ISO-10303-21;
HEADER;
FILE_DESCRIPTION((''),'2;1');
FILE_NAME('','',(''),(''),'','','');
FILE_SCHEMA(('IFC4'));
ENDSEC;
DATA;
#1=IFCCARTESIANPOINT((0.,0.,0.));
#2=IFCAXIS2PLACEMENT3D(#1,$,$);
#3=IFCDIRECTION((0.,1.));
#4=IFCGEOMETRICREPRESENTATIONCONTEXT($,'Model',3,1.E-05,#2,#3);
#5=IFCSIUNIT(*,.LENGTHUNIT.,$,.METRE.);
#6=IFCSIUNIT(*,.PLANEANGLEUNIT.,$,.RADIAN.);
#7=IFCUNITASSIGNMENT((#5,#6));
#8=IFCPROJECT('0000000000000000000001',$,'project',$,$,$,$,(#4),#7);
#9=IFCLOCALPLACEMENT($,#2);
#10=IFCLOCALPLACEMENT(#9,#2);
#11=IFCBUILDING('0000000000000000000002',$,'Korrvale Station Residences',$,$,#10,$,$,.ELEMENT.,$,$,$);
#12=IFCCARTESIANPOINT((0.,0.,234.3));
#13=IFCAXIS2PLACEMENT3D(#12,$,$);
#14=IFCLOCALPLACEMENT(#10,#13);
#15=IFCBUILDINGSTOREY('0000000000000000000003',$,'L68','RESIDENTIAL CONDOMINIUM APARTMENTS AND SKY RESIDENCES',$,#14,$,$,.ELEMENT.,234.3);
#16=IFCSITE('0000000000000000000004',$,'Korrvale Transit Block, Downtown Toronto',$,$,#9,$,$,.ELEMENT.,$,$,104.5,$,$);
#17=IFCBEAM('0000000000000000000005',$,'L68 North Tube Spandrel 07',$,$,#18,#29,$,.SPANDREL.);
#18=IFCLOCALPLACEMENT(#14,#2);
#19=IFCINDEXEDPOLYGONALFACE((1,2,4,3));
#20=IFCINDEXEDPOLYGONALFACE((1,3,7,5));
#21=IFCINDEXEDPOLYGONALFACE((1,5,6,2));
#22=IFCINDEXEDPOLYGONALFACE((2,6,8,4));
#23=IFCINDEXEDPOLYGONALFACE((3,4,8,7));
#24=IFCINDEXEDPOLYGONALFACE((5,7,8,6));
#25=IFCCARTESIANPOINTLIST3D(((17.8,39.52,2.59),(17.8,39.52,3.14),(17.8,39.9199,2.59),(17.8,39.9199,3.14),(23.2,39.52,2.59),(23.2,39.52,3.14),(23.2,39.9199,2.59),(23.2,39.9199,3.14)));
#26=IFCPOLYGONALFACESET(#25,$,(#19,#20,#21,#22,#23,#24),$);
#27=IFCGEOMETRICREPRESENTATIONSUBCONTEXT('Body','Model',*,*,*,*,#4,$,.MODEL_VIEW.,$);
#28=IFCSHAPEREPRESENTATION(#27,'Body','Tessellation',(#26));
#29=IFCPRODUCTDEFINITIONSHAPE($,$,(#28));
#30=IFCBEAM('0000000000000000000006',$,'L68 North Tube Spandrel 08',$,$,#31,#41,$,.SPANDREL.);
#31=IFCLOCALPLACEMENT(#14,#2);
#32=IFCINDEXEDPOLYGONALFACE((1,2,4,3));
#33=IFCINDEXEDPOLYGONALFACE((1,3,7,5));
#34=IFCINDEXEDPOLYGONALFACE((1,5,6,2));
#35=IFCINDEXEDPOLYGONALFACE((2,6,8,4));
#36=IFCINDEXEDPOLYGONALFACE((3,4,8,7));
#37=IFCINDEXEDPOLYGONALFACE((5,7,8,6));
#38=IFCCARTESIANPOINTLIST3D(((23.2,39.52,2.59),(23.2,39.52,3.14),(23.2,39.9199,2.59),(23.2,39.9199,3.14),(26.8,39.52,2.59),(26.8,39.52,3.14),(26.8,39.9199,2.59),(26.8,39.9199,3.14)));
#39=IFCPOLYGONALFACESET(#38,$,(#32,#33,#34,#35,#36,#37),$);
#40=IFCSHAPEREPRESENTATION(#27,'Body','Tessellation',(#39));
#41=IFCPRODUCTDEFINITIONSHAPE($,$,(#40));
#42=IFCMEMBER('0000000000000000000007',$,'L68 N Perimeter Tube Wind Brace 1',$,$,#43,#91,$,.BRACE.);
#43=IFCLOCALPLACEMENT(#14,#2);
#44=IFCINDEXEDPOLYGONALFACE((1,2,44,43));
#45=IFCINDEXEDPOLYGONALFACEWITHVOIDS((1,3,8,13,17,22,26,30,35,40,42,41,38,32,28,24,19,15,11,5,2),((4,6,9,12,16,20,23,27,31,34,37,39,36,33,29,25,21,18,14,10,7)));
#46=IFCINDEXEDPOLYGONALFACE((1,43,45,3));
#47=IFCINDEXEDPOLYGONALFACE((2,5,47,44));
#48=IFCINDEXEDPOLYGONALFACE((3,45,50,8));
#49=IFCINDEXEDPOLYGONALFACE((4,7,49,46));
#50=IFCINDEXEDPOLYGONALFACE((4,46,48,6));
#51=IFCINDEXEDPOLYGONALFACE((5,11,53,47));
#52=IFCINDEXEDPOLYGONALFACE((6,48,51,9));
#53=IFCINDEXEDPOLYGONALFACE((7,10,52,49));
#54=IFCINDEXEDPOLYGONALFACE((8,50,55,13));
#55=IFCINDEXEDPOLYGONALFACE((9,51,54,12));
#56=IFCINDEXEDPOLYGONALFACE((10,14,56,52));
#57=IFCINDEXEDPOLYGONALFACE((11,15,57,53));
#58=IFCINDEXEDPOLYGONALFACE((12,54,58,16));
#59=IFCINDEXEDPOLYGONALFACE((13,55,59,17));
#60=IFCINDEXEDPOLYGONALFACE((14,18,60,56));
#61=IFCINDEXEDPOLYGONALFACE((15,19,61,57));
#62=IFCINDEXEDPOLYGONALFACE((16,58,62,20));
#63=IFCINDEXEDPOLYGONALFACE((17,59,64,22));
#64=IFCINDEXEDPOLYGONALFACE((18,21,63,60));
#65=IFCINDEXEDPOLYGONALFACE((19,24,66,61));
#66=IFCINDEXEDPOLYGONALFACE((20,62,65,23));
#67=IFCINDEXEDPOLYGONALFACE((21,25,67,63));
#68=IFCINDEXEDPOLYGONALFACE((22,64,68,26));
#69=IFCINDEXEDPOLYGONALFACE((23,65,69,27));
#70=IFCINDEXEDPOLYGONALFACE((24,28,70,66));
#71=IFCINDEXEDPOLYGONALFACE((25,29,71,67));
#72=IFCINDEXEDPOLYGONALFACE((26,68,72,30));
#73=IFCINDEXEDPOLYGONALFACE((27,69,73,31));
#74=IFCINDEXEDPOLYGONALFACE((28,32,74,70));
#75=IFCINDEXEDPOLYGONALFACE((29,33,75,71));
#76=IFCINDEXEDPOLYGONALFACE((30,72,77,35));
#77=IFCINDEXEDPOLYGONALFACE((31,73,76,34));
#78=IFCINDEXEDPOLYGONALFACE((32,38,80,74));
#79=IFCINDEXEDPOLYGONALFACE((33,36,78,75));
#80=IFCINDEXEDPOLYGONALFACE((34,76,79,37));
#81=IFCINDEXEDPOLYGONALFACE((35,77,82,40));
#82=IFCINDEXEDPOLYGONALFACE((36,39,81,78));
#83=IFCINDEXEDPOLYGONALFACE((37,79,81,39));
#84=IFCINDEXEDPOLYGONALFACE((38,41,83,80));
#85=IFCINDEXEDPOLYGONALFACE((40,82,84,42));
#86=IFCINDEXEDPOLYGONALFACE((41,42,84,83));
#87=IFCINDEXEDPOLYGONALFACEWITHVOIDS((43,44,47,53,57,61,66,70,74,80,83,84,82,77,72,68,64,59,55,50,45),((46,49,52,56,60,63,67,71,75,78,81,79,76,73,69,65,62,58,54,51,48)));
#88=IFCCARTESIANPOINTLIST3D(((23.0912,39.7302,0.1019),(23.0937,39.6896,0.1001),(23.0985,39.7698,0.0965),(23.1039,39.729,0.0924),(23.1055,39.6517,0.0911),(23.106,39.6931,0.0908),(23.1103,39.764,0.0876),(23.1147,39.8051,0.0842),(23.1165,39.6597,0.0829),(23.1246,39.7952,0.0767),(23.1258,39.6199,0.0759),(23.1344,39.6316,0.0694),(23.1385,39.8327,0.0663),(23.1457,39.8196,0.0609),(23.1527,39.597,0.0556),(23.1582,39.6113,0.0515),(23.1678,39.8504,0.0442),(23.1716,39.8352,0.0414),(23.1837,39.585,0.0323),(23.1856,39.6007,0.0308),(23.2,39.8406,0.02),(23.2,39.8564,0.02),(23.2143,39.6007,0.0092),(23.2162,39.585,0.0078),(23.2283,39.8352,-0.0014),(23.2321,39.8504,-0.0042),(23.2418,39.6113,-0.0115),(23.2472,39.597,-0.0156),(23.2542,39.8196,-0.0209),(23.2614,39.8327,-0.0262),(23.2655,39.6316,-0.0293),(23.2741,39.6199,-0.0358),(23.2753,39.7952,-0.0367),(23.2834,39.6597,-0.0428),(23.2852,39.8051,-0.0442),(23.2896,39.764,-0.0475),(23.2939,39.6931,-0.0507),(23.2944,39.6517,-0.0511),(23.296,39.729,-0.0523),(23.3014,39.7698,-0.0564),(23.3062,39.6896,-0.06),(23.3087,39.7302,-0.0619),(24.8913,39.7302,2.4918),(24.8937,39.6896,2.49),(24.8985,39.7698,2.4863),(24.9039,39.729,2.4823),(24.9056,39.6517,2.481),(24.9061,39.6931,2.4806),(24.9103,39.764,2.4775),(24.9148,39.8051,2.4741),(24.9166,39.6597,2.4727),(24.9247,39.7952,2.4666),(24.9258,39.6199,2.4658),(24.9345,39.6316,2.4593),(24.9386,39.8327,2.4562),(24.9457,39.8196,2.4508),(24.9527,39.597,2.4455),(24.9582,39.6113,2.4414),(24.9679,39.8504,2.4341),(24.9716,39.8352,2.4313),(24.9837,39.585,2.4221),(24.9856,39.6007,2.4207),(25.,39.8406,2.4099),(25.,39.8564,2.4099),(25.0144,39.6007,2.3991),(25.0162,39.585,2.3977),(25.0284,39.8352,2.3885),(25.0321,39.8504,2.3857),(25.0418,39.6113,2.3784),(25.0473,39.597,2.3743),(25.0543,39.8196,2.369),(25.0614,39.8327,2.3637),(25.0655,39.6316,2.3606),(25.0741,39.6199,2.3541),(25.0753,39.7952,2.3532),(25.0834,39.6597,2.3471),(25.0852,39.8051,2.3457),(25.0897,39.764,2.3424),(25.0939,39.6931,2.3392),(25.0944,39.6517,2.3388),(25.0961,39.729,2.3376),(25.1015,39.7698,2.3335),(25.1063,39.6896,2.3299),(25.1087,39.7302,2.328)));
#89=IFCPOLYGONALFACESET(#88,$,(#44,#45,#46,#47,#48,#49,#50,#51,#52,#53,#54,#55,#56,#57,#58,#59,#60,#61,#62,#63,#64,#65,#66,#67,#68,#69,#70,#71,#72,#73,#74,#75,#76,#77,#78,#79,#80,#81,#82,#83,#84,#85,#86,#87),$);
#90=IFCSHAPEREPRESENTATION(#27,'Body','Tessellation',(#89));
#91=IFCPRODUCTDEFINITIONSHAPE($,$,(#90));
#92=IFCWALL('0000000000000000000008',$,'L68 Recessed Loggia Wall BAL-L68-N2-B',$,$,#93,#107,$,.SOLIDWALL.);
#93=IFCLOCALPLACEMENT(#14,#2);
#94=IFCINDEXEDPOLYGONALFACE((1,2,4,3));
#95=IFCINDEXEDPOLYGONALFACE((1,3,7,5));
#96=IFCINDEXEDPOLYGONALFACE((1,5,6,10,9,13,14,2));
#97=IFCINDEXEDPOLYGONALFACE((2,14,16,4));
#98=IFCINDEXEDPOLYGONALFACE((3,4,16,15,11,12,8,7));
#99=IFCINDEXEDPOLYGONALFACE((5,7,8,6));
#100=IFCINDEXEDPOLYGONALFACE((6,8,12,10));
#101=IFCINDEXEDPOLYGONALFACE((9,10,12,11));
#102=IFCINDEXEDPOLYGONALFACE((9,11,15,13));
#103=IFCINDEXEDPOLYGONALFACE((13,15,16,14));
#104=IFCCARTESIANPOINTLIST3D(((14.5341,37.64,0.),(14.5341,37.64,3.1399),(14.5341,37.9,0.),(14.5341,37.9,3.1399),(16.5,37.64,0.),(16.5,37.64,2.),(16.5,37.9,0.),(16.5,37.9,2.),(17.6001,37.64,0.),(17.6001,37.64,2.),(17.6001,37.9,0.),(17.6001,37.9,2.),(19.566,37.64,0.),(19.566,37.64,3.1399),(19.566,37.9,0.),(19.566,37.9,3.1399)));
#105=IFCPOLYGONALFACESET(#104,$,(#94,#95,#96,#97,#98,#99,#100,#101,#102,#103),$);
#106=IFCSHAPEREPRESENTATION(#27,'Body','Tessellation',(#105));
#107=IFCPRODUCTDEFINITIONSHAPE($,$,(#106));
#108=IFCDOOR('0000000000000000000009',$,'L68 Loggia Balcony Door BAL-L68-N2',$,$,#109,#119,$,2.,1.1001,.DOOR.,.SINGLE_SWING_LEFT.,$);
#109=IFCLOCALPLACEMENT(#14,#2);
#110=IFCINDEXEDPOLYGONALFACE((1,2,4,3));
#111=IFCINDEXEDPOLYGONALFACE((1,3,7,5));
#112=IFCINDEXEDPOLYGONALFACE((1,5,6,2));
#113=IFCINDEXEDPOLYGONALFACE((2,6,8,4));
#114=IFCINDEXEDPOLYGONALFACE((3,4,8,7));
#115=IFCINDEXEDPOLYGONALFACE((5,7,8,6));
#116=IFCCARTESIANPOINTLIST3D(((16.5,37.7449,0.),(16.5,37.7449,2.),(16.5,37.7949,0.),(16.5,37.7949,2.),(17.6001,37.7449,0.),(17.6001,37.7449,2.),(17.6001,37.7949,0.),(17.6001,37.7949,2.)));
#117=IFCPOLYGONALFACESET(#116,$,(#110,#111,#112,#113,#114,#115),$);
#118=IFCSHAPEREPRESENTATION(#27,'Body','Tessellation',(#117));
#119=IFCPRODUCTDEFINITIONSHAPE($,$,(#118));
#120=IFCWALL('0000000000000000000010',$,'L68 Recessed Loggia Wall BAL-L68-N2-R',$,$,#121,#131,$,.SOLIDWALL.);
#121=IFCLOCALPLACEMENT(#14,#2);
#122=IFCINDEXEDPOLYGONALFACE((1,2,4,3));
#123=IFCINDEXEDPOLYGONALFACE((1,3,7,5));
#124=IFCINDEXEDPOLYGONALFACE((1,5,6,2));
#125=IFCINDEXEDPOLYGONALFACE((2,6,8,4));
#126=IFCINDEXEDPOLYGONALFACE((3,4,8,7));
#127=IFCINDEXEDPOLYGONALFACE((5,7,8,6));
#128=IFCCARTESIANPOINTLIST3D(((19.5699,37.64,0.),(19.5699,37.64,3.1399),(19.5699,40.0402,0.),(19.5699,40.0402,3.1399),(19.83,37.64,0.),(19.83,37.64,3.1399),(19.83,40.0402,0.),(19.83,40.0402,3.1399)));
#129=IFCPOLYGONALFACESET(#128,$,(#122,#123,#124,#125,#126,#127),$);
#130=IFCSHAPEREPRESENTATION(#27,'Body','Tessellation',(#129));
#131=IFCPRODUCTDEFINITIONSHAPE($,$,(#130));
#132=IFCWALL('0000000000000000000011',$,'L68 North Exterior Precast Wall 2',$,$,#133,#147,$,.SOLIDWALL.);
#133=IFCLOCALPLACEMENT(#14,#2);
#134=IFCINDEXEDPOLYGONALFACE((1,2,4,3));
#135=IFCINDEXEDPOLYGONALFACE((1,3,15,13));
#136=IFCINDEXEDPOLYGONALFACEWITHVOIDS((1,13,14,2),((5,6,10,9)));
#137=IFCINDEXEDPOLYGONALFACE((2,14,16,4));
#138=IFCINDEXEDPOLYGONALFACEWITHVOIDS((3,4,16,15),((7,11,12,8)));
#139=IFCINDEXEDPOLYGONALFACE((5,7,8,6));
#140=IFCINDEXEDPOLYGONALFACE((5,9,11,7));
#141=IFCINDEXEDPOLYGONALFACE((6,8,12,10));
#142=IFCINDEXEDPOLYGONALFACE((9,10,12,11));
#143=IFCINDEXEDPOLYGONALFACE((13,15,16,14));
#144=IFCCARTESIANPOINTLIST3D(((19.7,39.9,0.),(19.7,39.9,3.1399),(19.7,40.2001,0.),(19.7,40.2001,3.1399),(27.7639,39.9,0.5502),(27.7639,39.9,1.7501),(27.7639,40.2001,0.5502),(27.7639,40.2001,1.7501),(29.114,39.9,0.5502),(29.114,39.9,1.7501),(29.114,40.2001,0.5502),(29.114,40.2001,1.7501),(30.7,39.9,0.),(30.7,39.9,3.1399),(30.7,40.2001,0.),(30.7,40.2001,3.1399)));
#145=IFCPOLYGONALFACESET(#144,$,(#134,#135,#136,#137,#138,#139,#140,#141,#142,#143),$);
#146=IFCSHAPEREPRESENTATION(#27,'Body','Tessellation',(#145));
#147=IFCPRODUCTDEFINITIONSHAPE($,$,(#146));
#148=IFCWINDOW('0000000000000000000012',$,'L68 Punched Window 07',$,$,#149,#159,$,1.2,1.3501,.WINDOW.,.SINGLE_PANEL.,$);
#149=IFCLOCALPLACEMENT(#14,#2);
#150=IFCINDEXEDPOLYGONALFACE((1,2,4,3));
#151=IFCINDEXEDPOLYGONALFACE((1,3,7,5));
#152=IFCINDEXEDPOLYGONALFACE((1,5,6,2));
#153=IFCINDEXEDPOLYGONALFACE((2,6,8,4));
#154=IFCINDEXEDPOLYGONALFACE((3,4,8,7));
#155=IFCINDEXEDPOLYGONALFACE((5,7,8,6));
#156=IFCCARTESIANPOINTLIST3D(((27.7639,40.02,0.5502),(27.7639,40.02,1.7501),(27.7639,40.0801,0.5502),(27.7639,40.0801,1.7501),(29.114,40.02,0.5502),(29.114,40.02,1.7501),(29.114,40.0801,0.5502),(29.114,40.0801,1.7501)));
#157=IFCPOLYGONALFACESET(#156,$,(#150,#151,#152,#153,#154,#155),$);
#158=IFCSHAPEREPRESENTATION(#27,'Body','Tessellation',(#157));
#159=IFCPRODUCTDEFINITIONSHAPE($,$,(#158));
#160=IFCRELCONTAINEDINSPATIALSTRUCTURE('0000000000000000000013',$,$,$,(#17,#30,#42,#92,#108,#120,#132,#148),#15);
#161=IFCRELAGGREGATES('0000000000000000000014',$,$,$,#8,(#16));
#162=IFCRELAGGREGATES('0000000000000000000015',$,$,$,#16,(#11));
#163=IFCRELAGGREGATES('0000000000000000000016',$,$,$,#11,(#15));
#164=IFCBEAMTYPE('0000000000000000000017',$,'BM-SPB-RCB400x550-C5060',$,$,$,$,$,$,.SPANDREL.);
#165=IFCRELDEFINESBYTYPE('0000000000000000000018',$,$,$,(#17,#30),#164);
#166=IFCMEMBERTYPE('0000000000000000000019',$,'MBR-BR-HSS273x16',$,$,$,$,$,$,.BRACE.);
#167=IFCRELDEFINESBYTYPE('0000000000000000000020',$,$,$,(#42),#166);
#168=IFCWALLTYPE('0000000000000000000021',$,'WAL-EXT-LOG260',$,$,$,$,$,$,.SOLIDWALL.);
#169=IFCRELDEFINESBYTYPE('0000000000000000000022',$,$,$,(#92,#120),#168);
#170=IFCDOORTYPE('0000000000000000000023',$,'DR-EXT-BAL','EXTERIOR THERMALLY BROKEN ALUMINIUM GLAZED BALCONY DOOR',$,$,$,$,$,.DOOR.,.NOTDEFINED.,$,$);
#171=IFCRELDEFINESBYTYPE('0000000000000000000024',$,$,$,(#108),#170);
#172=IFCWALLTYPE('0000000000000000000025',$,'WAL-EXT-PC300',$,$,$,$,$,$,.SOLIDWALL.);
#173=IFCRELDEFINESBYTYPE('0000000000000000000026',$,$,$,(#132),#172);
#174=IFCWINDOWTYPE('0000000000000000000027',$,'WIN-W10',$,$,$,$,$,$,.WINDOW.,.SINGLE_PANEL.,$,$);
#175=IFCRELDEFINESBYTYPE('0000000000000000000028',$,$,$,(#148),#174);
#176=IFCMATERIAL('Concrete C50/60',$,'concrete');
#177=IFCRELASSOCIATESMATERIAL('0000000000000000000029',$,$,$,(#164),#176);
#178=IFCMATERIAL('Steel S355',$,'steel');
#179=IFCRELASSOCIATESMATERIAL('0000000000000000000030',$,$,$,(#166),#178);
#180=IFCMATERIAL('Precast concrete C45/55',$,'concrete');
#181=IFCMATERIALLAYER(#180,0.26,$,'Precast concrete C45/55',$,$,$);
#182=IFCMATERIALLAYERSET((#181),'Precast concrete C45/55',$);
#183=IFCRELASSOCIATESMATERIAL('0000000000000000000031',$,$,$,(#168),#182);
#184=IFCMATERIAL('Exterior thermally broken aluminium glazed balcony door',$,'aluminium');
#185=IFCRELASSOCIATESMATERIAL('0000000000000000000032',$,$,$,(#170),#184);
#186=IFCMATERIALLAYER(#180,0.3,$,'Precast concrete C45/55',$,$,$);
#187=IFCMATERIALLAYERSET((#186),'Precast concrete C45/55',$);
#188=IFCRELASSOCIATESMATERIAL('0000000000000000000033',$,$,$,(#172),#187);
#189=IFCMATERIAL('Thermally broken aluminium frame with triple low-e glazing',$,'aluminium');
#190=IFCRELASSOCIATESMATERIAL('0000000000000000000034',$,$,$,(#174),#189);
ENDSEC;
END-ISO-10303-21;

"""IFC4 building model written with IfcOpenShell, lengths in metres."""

from ifc_helpers import new_model, si_unit, direction, frame, frame_2d, origin, origin_2d, place, context, subcontext, project, spatial, rectangle, hollow_circle, extrude, material, layer, layer_set, material_profile, profile_set, type_object, element, fill, save


model = new_model("IFC4")

# Units and contexts
model_context = context("Model", 3, precision=1e-05, world=origin(), true_north=direction((0.0, 1.0)))
body_context = subcontext(model_context, "Body", "Model", "MODEL_VIEW")
ifc_project = project(units=[si_unit("LENGTHUNIT", "METRE"), si_unit("PLANEANGLEUNIT", "RADIAN")], contexts=[model_context])

# Site, building, storey
site_placement = place(None, origin())
site = spatial("IfcSite", under=ifc_project, at=site_placement, Name="Korrvale Transit Block, Downtown Toronto", CompositionType="ELEMENT", RefElevation=104.5)
building_placement = place(site_placement, origin())
building = spatial("IfcBuilding", under=site, at=building_placement, Name="Korrvale Station Residences", CompositionType="ELEMENT")
storey_placement = place(building_placement, frame((0.0, 0.0, 234.3)))
storey = spatial("IfcBuildingStorey", under=building, at=storey_placement, Name="L68", Description="RESIDENTIAL CONDOMINIUM APARTMENTS AND SKY RESIDENCES", CompositionType="ELEMENT", Elevation=234.3)

# Shared definitions
ifc_material_1 = material(Name="Concrete C50/60", Category="concrete")

# Beams
ifc_material_2 = material(Name="Steel S355", Category="steel")
ifc_material_profile_1 = material_profile(ifc_material_1, rectangle(XDim=0.3999, YDim=0.55, at=origin_2d()), Name="RCB400x550")
ifc_profile_set_1 = profile_set([ifc_material_profile_1], Name="Concrete C50/60")
beam_type_1 = type_object("IfcBeamType", Name="BM-SPB-RCB400x550-C5060", PredefinedType="SPANDREL", material=ifc_profile_set_1)
beam_1_placement = place(storey_placement, frame((17.8, 39.72, 2.865), z_axis=(1.0, 0.0, 0.0), x_axis=(0.0, 1.0, 0.0)))
element("IfcBeam", 1, at=beam_1_placement, inside=storey, type_object=beam_type_1, Name="L68 North Tube Spandrel 07", PredefinedType="SPANDREL", context=body_context, shape_type="SweptSolid", body=[
    extrude(rectangle(XDim=0.3999, YDim=0.55, at=origin_2d()), origin(), (0.0, 0.0, 1.0), 5.3999),
])
beam_2_placement = place(storey_placement, frame((23.2, 39.72, 2.865), z_axis=(1.0, 0.0, 0.0), x_axis=(0.0, 1.0, 0.0)))
element("IfcBeam", 2, at=beam_2_placement, inside=storey, type_object=beam_type_1, Name="L68 North Tube Spandrel 08", PredefinedType="SPANDREL", context=body_context, shape_type="SweptSolid", body=[
    extrude(rectangle(XDim=0.3999, YDim=0.55, at=origin_2d()), origin(), (0.0, 0.0, 1.0), 3.6001),
])

# Member
ifc_material_profile_2 = material_profile(ifc_material_2, hollow_circle(Radius=0.1365, WallThickness=0.0159, at=origin_2d()), Name="HSS273x16")
ifc_profile_set_2 = profile_set([ifc_material_profile_2], Name="Steel S355")
member_type = type_object("IfcMemberType", Name="MBR-BR-HSS273x16", PredefinedType="BRACE", material=ifc_profile_set_2)
member_placement = place(storey_placement, frame((23.2, 39.72, 0.02), z_axis=(0.601631, 0.0, 0.798774), x_axis=(0.0, 1.0, 0.0)))
element("IfcMember", 3, at=member_placement, inside=storey, type_object=member_type, Name="L68 N Perimeter Tube Wind Brace 1", PredefinedType="BRACE", context=body_context, shape_type="SweptSolid", body=[
    extrude(hollow_circle(Radius=0.1365, WallThickness=0.0159, at=origin_2d()), origin(), (0.0, 0.0, 1.0), 2.9919),
])

# Wall, opening, door
ifc_material_3 = material(Name="Precast concrete C45/55", Category="concrete")
ifc_layer_1 = layer(ifc_material_3, 0.26, Name="Precast concrete C45/55")
ifc_layer_set_1 = layer_set([ifc_layer_1], Name="Precast concrete C45/55")
wall_type_1 = type_object("IfcWallType", Name="WAL-EXT-LOG260", PredefinedType="SOLIDWALL", material=ifc_layer_set_1)
wall_1_placement = place(storey_placement, frame((14.5339, 37.77, 0.0), z_axis=(0.0, 0.0, 1.0), x_axis=(1.0, 0.0, 0.0)))
wall_1 = element("IfcWall", 4, at=wall_1_placement, inside=storey, type_object=wall_type_1, Name="L68 Recessed Loggia Wall BAL-L68-N2-B", PredefinedType="SOLIDWALL", context=body_context, shape_type="SweptSolid", body=[
    extrude(rectangle(XDim=5.032, YDim=0.26, at=frame_2d((2.5161, 0.0))), origin(), (0.0, 0.0, 1.0), 3.1399),
])
opening_1_placement = place(wall_1_placement, frame((1.9661, 0.0, 0.0)))
opening_1 = element("IfcOpeningElement", 5, at=opening_1_placement, cuts=wall_1, PredefinedType="OPENING", context=body_context, shape_type="SweptSolid", body=[
    extrude(rectangle(XDim=1.1001, YDim=2.0, at=frame_2d((0.55, 1.0))), frame((0.0, 0.1401, 0.0), z_axis=(0.0, -1.0, 0.0), x_axis=(1.0, 0.0, 0.0)), (0.0, 0.0, 1.0), 0.28),
])
ifc_material_4 = material(Name="Exterior thermally broken aluminium glazed balcony door", Category="aluminium")
door_type_1 = type_object("IfcDoorType", Name="DR-EXT-BAL", Description="EXTERIOR THERMALLY BROKEN ALUMINIUM GLAZED BALCONY DOOR", OperationType="NOTDEFINED", PredefinedType="DOOR", material=ifc_material_4)
door_1_placement = place(opening_1_placement, origin())
door_1 = element("IfcDoor", 6, at=door_1_placement, inside=storey, type_object=door_type_1, Name="L68 Loggia Balcony Door BAL-L68-N2", OperationType="SINGLE_SWING_LEFT", OverallHeight=2.0, OverallWidth=1.1001, PredefinedType="DOOR", context=body_context, shape_type="SweptSolid", body=[
    extrude(rectangle(XDim=1.1001, YDim=2.0, at=frame_2d((0.55, 1.0))), frame((0.0, 0.0249, 0.0), z_axis=(0.0, -1.0, 0.0), x_axis=(1.0, 0.0, 0.0)), (0.0, 0.0, 1.0), 0.05),
])
fill(opening_1, door_1)

# Wall
wall_2_placement = place(storey_placement, frame((19.7, 37.6399, 0.0), z_axis=(0.0, 0.0, 1.0), x_axis=(0.0, 1.0, 0.0)))
element("IfcWall", 7, at=wall_2_placement, inside=storey, type_object=wall_type_1, Name="L68 Recessed Loggia Wall BAL-L68-N2-R", PredefinedType="SOLIDWALL", context=body_context, shape_type="SweptSolid", body=[
    extrude(rectangle(XDim=2.4001, YDim=0.26, at=frame_2d((1.2002, 0.0))), origin(), (0.0, 0.0, 1.0), 3.1399),
])

# Wall, opening, window
ifc_layer_2 = layer(ifc_material_3, 0.3, Name="Precast concrete C45/55")
ifc_layer_set_2 = layer_set([ifc_layer_2], Name="Precast concrete C45/55")
wall_type_2 = type_object("IfcWallType", Name="WAL-EXT-PC300", PredefinedType="SOLIDWALL", material=ifc_layer_set_2)
wall_3_placement = place(storey_placement, frame((19.7, 40.05, 0.0), z_axis=(0.0, 0.0, 1.0), x_axis=(1.0, 0.0, 0.0)))
wall_3 = element("IfcWall", 8, at=wall_3_placement, inside=storey, type_object=wall_type_2, Name="L68 North Exterior Precast Wall 2", PredefinedType="SOLIDWALL", context=body_context, shape_type="SweptSolid", body=[
    extrude(rectangle(XDim=11.0, YDim=0.3, at=frame_2d((5.5, 0.0))), origin(), (0.0, 0.0, 1.0), 3.1399),
])
opening_2_placement = place(wall_3_placement, frame((8.064, 0.0, 0.55)))
opening_2 = element("IfcOpeningElement", 9, at=opening_2_placement, cuts=wall_3, PredefinedType="OPENING", context=body_context, shape_type="SweptSolid", body=[
    extrude(rectangle(XDim=1.3501, YDim=1.2, at=frame_2d((0.675, 0.6001))), frame((0.0, 0.1602, 0.0), z_axis=(0.0, -1.0, 0.0), x_axis=(1.0, 0.0, 0.0)), (0.0, 0.0, 1.0), 0.3201),
])
ifc_material_5 = material(Name="Thermally broken aluminium frame with triple low-e glazing", Category="aluminium")
window_type = type_object("IfcWindowType", Name="WIN-W10", PartitioningType="SINGLE_PANEL", PredefinedType="WINDOW", material=ifc_material_5)
window_placement = place(opening_2_placement, origin())
window = element("IfcWindow", 10, at=window_placement, inside=storey, type_object=window_type, Name="L68 Punched Window 07", OverallHeight=1.2, OverallWidth=1.3501, PartitioningType="SINGLE_PANEL", PredefinedType="WINDOW", context=body_context, shape_type="SweptSolid", body=[
    extrude(rectangle(XDim=1.3501, YDim=1.2, at=frame_2d((0.675, 0.6001))), frame((0.0, 0.03, 0.0), z_axis=(0.0, -1.0, 0.0), x_axis=(1.0, 0.0, 0.0)), (0.0, 0.0, 1.0), 0.0601),
])
fill(opening_2, window)

save(model, "model.ifc")
